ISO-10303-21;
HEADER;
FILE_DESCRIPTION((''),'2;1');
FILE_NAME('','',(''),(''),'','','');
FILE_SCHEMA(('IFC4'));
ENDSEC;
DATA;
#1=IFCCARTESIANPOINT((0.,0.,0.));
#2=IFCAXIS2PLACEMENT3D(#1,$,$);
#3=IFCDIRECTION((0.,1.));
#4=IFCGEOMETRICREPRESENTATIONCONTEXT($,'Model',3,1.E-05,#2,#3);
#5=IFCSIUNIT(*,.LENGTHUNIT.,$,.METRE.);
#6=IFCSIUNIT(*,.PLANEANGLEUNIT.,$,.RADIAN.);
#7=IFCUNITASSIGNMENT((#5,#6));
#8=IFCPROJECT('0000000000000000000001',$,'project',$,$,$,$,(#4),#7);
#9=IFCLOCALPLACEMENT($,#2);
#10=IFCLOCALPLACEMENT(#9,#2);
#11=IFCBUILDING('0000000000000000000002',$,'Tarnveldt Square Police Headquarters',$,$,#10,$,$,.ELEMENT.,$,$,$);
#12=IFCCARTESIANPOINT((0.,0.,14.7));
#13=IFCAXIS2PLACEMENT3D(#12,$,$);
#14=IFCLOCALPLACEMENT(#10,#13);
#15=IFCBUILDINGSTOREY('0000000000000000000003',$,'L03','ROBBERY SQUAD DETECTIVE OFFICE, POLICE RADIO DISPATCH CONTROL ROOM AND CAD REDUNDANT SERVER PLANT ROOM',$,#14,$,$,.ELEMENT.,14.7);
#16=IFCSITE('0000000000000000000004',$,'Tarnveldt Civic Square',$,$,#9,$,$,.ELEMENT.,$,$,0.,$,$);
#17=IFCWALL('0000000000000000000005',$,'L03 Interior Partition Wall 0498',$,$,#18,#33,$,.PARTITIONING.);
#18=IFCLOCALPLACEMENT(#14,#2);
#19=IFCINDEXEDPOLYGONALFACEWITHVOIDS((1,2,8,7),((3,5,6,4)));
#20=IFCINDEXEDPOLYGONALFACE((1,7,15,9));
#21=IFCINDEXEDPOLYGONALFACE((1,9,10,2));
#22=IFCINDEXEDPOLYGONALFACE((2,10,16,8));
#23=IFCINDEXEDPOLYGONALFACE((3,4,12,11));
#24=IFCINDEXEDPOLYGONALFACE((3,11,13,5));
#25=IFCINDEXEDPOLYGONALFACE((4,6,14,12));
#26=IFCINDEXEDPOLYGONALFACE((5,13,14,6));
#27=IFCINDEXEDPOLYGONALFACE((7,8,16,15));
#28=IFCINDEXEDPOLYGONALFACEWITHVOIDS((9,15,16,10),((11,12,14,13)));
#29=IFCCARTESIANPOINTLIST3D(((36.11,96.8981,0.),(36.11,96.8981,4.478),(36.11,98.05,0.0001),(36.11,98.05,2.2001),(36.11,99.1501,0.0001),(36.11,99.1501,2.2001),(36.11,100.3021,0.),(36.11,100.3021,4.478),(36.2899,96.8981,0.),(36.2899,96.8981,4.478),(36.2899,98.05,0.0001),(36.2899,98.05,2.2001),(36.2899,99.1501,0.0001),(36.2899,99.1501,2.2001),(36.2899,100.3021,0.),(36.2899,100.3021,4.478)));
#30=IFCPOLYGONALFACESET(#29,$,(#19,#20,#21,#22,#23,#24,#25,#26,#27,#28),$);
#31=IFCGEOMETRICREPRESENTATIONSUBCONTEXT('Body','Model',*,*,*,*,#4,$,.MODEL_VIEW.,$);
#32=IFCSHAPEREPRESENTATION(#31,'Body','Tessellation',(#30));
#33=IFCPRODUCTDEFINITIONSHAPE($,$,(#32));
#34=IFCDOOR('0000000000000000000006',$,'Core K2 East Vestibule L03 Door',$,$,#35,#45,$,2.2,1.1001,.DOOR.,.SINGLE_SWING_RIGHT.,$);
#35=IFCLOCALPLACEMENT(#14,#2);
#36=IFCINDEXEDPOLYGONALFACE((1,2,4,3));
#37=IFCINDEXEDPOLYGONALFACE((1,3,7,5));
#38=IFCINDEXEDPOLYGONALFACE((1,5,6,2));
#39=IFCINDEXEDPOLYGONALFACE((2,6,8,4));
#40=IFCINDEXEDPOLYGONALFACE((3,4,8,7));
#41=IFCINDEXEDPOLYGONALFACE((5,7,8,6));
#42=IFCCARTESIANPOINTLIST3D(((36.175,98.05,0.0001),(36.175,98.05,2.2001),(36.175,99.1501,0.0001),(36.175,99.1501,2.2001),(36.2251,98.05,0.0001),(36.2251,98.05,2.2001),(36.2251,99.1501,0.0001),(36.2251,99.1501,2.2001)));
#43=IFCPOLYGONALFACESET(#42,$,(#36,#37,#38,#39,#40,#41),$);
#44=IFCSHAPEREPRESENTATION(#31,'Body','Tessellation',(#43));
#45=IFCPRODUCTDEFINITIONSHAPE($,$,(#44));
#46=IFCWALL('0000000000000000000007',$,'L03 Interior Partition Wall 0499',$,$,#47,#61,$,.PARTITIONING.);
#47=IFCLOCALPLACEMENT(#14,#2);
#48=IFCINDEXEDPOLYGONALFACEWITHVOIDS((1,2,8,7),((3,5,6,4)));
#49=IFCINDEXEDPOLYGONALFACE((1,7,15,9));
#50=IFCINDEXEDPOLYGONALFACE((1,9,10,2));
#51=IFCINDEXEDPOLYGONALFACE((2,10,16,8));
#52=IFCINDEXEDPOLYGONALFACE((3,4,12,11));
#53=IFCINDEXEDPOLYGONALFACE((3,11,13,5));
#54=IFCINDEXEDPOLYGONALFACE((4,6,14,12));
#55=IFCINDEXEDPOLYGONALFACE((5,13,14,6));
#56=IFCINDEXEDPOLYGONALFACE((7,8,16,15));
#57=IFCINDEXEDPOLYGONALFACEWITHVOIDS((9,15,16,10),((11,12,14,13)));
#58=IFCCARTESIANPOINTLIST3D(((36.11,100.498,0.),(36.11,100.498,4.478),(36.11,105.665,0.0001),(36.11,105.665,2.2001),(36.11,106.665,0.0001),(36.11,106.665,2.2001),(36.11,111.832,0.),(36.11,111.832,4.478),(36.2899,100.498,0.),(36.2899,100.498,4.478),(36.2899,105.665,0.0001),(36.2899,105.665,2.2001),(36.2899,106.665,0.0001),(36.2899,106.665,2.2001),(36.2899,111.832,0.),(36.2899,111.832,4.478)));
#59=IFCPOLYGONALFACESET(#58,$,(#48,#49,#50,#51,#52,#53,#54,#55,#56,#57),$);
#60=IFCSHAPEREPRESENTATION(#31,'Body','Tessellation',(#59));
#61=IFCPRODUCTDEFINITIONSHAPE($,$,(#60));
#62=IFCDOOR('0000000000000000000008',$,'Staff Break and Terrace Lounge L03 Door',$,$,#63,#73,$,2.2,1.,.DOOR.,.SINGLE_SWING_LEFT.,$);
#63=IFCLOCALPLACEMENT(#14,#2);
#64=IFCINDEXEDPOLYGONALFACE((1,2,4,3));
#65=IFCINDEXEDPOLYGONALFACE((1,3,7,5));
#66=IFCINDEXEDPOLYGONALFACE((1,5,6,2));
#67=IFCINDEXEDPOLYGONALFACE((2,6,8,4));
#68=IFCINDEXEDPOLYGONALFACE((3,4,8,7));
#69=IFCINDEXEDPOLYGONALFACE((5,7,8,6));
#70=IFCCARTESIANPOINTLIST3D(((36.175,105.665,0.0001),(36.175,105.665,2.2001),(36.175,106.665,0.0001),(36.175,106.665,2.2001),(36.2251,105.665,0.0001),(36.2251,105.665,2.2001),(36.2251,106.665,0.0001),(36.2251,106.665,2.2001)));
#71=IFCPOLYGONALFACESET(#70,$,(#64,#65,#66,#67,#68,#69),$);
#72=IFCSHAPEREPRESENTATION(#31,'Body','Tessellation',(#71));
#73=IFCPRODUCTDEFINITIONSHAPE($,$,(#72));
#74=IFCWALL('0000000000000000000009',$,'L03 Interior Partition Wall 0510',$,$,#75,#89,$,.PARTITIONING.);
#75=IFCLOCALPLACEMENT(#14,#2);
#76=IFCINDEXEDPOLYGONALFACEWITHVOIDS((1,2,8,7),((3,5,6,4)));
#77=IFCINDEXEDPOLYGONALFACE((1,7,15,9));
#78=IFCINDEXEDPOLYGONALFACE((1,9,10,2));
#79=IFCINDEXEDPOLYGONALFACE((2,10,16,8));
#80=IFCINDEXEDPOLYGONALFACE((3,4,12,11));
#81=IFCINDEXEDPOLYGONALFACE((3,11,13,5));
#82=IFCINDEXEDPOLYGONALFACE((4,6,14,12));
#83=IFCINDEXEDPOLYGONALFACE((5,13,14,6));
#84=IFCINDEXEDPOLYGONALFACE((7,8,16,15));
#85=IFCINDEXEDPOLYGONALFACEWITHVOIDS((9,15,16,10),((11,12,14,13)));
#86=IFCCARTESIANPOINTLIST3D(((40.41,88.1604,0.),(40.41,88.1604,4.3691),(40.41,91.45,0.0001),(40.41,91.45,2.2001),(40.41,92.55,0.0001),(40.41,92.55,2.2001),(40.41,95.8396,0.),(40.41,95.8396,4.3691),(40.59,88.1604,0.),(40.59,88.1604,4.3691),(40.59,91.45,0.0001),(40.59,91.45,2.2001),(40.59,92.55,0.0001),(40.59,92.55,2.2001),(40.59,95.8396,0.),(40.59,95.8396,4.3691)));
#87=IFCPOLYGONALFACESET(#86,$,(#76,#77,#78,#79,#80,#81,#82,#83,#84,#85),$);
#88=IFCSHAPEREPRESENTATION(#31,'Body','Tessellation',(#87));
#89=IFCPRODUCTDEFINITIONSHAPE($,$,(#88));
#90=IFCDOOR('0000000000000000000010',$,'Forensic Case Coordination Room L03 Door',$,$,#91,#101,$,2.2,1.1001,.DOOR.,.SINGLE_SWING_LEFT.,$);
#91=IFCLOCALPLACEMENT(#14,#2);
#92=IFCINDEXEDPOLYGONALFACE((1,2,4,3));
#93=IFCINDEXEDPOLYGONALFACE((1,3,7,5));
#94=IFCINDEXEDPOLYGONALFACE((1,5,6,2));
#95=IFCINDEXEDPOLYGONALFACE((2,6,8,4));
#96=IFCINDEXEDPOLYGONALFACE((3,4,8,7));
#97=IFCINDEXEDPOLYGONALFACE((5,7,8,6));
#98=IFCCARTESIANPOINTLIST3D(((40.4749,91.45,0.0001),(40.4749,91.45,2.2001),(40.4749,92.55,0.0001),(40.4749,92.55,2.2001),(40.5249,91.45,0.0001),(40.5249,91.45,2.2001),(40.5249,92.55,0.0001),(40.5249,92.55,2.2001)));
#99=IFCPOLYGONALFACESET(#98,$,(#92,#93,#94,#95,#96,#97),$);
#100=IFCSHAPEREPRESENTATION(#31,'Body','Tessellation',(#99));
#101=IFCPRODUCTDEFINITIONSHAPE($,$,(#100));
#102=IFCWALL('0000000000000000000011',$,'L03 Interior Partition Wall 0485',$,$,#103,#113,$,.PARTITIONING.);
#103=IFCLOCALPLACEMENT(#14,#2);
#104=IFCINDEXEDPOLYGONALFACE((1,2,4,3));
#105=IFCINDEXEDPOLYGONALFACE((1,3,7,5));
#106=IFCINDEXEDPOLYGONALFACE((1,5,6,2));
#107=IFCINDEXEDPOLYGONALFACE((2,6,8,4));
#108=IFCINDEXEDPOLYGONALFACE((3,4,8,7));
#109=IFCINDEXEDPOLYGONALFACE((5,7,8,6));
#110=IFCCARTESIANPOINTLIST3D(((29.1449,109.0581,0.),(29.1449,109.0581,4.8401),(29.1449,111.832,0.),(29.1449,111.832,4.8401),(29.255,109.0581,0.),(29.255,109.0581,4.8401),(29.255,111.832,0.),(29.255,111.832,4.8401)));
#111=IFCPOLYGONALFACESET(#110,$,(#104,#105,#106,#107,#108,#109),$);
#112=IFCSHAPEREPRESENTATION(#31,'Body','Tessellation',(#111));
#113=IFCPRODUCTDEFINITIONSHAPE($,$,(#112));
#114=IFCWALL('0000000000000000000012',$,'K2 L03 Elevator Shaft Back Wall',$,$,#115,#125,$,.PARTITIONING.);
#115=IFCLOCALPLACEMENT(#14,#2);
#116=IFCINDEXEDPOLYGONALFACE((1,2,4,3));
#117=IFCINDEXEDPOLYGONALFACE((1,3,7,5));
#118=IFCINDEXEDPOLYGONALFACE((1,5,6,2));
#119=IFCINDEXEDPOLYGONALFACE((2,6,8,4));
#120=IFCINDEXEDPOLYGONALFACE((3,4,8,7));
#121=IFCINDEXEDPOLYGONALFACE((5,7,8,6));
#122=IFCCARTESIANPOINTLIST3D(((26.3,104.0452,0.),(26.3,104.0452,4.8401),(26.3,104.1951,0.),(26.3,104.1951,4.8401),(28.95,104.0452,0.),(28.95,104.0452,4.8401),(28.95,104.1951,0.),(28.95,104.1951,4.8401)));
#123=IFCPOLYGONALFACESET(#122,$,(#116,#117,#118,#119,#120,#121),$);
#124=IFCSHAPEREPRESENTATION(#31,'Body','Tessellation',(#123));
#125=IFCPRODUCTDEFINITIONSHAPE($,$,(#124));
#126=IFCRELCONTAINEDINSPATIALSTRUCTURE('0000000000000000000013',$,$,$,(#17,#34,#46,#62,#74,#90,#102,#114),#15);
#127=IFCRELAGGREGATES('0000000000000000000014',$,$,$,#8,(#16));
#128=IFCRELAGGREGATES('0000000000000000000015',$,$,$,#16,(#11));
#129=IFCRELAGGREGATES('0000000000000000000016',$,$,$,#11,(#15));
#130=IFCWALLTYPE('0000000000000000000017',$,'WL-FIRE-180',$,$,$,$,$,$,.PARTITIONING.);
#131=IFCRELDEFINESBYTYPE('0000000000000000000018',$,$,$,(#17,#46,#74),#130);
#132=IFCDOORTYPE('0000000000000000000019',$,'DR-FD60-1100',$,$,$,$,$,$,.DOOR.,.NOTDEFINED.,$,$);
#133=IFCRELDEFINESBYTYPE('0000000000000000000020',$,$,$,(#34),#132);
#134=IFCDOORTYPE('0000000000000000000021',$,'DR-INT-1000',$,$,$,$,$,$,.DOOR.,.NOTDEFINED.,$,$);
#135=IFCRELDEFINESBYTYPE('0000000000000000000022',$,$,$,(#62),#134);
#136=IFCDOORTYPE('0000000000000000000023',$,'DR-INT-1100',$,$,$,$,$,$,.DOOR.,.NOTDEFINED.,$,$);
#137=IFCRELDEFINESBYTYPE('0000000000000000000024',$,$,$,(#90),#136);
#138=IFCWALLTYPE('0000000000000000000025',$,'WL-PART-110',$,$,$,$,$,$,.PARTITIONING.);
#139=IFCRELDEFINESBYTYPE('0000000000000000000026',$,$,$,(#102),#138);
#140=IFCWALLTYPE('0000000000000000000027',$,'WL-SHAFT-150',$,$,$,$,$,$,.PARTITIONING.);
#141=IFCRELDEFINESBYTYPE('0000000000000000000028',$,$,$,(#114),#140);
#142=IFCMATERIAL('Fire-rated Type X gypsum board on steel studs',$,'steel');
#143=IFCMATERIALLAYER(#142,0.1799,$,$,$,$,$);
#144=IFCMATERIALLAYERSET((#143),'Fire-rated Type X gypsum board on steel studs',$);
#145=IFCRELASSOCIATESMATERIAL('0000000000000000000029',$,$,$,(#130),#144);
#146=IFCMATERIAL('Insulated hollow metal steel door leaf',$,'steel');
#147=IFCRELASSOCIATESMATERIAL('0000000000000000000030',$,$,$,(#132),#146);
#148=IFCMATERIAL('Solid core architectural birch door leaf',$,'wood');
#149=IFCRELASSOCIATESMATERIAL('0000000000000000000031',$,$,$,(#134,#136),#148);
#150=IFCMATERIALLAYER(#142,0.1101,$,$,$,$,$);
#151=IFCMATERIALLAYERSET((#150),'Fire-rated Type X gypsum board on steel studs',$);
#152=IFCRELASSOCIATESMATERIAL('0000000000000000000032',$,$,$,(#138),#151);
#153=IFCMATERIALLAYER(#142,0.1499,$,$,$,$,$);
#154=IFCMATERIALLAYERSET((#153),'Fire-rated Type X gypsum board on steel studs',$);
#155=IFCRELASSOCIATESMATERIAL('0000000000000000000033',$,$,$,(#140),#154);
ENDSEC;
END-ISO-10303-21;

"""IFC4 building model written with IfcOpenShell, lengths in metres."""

from ifc_helpers import new_model, si_unit, direction, frame, frame_2d, origin, place, context, subcontext, project, spatial, rectangle, extrude, material, layer, layer_set, type_object, element, fill, save


model = new_model("IFC4")

# Units and contexts
model_context = context("Model", 3, precision=1e-05, world=origin(), true_north=direction((0.0, 1.0)))
body_context = subcontext(model_context, "Body", "Model", "MODEL_VIEW")
ifc_project = project(units=[si_unit("LENGTHUNIT", "METRE"), si_unit("PLANEANGLEUNIT", "RADIAN")], contexts=[model_context])

# Site, building, storey
site_placement = place(None, origin())
site = spatial("IfcSite", under=ifc_project, at=site_placement, Name="Tarnveldt Civic Square", CompositionType="ELEMENT", RefElevation=0.0)
building_placement = place(site_placement, origin())
building = spatial("IfcBuilding", under=site, at=building_placement, Name="Tarnveldt Square Police Headquarters", CompositionType="ELEMENT")
storey_placement = place(building_placement, frame((0.0, 0.0, 14.7)))
storey = spatial("IfcBuildingStorey", under=building, at=storey_placement, Name="L03", Description="ROBBERY SQUAD DETECTIVE OFFICE, POLICE RADIO DISPATCH CONTROL ROOM AND CAD REDUNDANT SERVER PLANT ROOM", CompositionType="ELEMENT", Elevation=14.7)

# Shared definitions
ifc_material_1 = material(Name="Fire-rated Type X gypsum board on steel studs", Category="steel")
ifc_layer_1 = layer(ifc_material_1, 0.1799)
ifc_layer_set_1 = layer_set([ifc_layer_1], Name="Fire-rated Type X gypsum board on steel studs")
wall_type_1 = type_object("IfcWallType", Name="WL-FIRE-180", PredefinedType="PARTITIONING", material=ifc_layer_set_1)

# Walls, openings, doors
ifc_material_2 = material(Name="Insulated hollow metal steel door leaf", Category="steel")
wall_1_placement = place(storey_placement, frame((36.2, 96.8979, 0.0), z_axis=(0.0, 0.0, 1.0), x_axis=(0.0, 1.0, 0.0)))
wall_1 = element("IfcWall", 1, at=wall_1_placement, inside=storey, type_object=wall_type_1, Name="L03 Interior Partition Wall 0498", PredefinedType="PARTITIONING", context=body_context, shape_type="SweptSolid", body=[
    extrude(rectangle(XDim=3.4041, YDim=0.1799, at=frame_2d((1.7021, 0.0))), origin(), (0.0, 0.0, 1.0), 4.478),
])
opening_1_placement = place(wall_1_placement, frame((1.1521, 0.0, 0.0)))
opening_1 = element("IfcOpeningElement", 2, at=opening_1_placement, cuts=wall_1, PredefinedType="OPENING", context=body_context, shape_type="SweptSolid", body=[
    extrude(rectangle(XDim=1.1001, YDim=2.2, at=frame_2d((0.55, 1.1001))), frame((0.0, 0.0999, 0.0), z_axis=(0.0, -1.0, 0.0), x_axis=(1.0, 0.0, 0.0)), (0.0, 0.0, 1.0), 0.2),
])
door_type_1 = type_object("IfcDoorType", Name="DR-FD60-1100", OperationType="NOTDEFINED", PredefinedType="DOOR", material=ifc_material_2)
door_1_placement = place(opening_1_placement, origin())
door_1 = element("IfcDoor", 3, at=door_1_placement, inside=storey, type_object=door_type_1, Name="Core K2 East Vestibule L03 Door", OperationType="SINGLE_SWING_RIGHT", OverallHeight=2.2, OverallWidth=1.1001, PredefinedType="DOOR", context=body_context, shape_type="SweptSolid", body=[
    extrude(rectangle(XDim=1.1001, YDim=2.2, at=frame_2d((0.55, 1.1001))), frame((0.0, 0.0249, 0.0), z_axis=(0.0, -1.0, 0.0), x_axis=(1.0, 0.0, 0.0)), (0.0, 0.0, 1.0), 0.05),
])
fill(opening_1, door_1)
wall_2_placement = place(storey_placement, frame((36.2, 100.498, 0.0), z_axis=(0.0, 0.0, 1.0), x_axis=(0.0, 1.0, 0.0)))
wall_2 = element("IfcWall", 4, at=wall_2_placement, inside=storey, type_object=wall_type_1, Name="L03 Interior Partition Wall 0499", PredefinedType="PARTITIONING", context=body_context, shape_type="SweptSolid", body=[
    extrude(rectangle(XDim=11.334, YDim=0.1799, at=frame_2d((5.667, 0.0))), origin(), (0.0, 0.0, 1.0), 4.478),
])
opening_2_placement = place(wall_2_placement, frame((5.167, 0.0, 0.0)))
opening_2 = element("IfcOpeningElement", 5, at=opening_2_placement, cuts=wall_2, PredefinedType="OPENING", context=body_context, shape_type="SweptSolid", body=[
    extrude(rectangle(XDim=1.0, YDim=2.2, at=frame_2d((0.5, 1.1001))), frame((0.0, 0.0999, 0.0), z_axis=(0.0, -1.0, 0.0), x_axis=(1.0, 0.0, 0.0)), (0.0, 0.0, 1.0), 0.2),
])
ifc_material_3 = material(Name="Solid core architectural birch door leaf", Category="wood")
door_type_2 = type_object("IfcDoorType", Name="DR-INT-1000", OperationType="NOTDEFINED", PredefinedType="DOOR", material=ifc_material_3)
door_2_placement = place(opening_2_placement, origin())
door_2 = element("IfcDoor", 6, at=door_2_placement, inside=storey, type_object=door_type_2, Name="Staff Break and Terrace Lounge L03 Door", OperationType="SINGLE_SWING_LEFT", OverallHeight=2.2, OverallWidth=1.0, PredefinedType="DOOR", context=body_context, shape_type="SweptSolid", body=[
    extrude(rectangle(XDim=1.0, YDim=2.2, at=frame_2d((0.5, 1.1001))), frame((0.0, 0.0249, 0.0), z_axis=(0.0, -1.0, 0.0), x_axis=(1.0, 0.0, 0.0)), (0.0, 0.0, 1.0), 0.05),
])
fill(opening_2, door_2)
wall_3_placement = place(storey_placement, frame((40.5, 88.1604, 0.0), z_axis=(0.0, 0.0, 1.0), x_axis=(0.0, 1.0, 0.0)))
wall_3 = element("IfcWall", 7, at=wall_3_placement, inside=storey, type_object=wall_type_1, Name="L03 Interior Partition Wall 0510", PredefinedType="PARTITIONING", context=body_context, shape_type="SweptSolid", body=[
    extrude(rectangle(XDim=7.6792, YDim=0.1799, at=frame_2d((3.8396, 0.0))), origin(), (0.0, 0.0, 1.0), 4.3691),
])
opening_3_placement = place(wall_3_placement, frame((3.2896, 0.0, 0.0)))
opening_3 = element("IfcOpeningElement", 8, at=opening_3_placement, cuts=wall_3, PredefinedType="OPENING", context=body_context, shape_type="SweptSolid", body=[
    extrude(rectangle(XDim=1.1001, YDim=2.2, at=frame_2d((0.55, 1.1001))), frame((0.0, 0.0999, 0.0), z_axis=(0.0, -1.0, 0.0), x_axis=(1.0, 0.0, 0.0)), (0.0, 0.0, 1.0), 0.2),
])
door_type_3 = type_object("IfcDoorType", Name="DR-INT-1100", OperationType="NOTDEFINED", PredefinedType="DOOR", material=ifc_material_3)
door_3_placement = place(opening_3_placement, frame((1.1001, 0.0, 0.0), z_axis=(0.0, 0.0, 1.0), x_axis=(-1.0, 0.0, 0.0)))
door_3 = element("IfcDoor", 9, at=door_3_placement, inside=storey, type_object=door_type_3, Name="Forensic Case Coordination Room L03 Door", OperationType="SINGLE_SWING_LEFT", OverallHeight=2.2, OverallWidth=1.1001, PredefinedType="DOOR", context=body_context, shape_type="SweptSolid", body=[
    extrude(rectangle(XDim=1.1001, YDim=2.2, at=frame_2d((0.55, 1.1001))), frame((0.0, 0.0249, 0.0), z_axis=(0.0, -1.0, 0.0), x_axis=(1.0, 0.0, 0.0)), (0.0, 0.0, 1.0), 0.05),
])
fill(opening_3, door_3)

# Walls
ifc_layer_2 = layer(ifc_material_1, 0.1101)
ifc_layer_set_2 = layer_set([ifc_layer_2], Name="Fire-rated Type X gypsum board on steel studs")
wall_type_2 = type_object("IfcWallType", Name="WL-PART-110", PredefinedType="PARTITIONING", material=ifc_layer_set_2)
wall_4_placement = place(storey_placement, frame((29.2, 109.0581, 0.0), z_axis=(0.0, 0.0, 1.0), x_axis=(0.0, 1.0, 0.0)))
element("IfcWall", 10, at=wall_4_placement, inside=storey, type_object=wall_type_2, Name="L03 Interior Partition Wall 0485", PredefinedType="PARTITIONING", context=body_context, shape_type="SweptSolid", body=[
    extrude(rectangle(XDim=2.7739, YDim=0.1101, at=frame_2d((1.387, 0.0))), origin(), (0.0, 0.0, 1.0), 4.8401),
])
ifc_layer_3 = layer(ifc_material_1, 0.1499)
ifc_layer_set_3 = layer_set([ifc_layer_3], Name="Fire-rated Type X gypsum board on steel studs")
wall_type_3 = type_object("IfcWallType", Name="WL-SHAFT-150", PredefinedType="PARTITIONING", material=ifc_layer_set_3)
wall_5_placement = place(storey_placement, frame((26.3, 104.1201, 0.0), z_axis=(0.0, 0.0, 1.0), x_axis=(1.0, 0.0, 0.0)))
element("IfcWall", 11, at=wall_5_placement, inside=storey, type_object=wall_type_3, Name="K2 L03 Elevator Shaft Back Wall", PredefinedType="PARTITIONING", context=body_context, shape_type="SweptSolid", body=[
    extrude(rectangle(XDim=2.6499, YDim=0.1499, at=frame_2d((1.325, 0.0))), origin(), (0.0, 0.0, 1.0), 4.8401),
])

save(model, "model.ifc")
